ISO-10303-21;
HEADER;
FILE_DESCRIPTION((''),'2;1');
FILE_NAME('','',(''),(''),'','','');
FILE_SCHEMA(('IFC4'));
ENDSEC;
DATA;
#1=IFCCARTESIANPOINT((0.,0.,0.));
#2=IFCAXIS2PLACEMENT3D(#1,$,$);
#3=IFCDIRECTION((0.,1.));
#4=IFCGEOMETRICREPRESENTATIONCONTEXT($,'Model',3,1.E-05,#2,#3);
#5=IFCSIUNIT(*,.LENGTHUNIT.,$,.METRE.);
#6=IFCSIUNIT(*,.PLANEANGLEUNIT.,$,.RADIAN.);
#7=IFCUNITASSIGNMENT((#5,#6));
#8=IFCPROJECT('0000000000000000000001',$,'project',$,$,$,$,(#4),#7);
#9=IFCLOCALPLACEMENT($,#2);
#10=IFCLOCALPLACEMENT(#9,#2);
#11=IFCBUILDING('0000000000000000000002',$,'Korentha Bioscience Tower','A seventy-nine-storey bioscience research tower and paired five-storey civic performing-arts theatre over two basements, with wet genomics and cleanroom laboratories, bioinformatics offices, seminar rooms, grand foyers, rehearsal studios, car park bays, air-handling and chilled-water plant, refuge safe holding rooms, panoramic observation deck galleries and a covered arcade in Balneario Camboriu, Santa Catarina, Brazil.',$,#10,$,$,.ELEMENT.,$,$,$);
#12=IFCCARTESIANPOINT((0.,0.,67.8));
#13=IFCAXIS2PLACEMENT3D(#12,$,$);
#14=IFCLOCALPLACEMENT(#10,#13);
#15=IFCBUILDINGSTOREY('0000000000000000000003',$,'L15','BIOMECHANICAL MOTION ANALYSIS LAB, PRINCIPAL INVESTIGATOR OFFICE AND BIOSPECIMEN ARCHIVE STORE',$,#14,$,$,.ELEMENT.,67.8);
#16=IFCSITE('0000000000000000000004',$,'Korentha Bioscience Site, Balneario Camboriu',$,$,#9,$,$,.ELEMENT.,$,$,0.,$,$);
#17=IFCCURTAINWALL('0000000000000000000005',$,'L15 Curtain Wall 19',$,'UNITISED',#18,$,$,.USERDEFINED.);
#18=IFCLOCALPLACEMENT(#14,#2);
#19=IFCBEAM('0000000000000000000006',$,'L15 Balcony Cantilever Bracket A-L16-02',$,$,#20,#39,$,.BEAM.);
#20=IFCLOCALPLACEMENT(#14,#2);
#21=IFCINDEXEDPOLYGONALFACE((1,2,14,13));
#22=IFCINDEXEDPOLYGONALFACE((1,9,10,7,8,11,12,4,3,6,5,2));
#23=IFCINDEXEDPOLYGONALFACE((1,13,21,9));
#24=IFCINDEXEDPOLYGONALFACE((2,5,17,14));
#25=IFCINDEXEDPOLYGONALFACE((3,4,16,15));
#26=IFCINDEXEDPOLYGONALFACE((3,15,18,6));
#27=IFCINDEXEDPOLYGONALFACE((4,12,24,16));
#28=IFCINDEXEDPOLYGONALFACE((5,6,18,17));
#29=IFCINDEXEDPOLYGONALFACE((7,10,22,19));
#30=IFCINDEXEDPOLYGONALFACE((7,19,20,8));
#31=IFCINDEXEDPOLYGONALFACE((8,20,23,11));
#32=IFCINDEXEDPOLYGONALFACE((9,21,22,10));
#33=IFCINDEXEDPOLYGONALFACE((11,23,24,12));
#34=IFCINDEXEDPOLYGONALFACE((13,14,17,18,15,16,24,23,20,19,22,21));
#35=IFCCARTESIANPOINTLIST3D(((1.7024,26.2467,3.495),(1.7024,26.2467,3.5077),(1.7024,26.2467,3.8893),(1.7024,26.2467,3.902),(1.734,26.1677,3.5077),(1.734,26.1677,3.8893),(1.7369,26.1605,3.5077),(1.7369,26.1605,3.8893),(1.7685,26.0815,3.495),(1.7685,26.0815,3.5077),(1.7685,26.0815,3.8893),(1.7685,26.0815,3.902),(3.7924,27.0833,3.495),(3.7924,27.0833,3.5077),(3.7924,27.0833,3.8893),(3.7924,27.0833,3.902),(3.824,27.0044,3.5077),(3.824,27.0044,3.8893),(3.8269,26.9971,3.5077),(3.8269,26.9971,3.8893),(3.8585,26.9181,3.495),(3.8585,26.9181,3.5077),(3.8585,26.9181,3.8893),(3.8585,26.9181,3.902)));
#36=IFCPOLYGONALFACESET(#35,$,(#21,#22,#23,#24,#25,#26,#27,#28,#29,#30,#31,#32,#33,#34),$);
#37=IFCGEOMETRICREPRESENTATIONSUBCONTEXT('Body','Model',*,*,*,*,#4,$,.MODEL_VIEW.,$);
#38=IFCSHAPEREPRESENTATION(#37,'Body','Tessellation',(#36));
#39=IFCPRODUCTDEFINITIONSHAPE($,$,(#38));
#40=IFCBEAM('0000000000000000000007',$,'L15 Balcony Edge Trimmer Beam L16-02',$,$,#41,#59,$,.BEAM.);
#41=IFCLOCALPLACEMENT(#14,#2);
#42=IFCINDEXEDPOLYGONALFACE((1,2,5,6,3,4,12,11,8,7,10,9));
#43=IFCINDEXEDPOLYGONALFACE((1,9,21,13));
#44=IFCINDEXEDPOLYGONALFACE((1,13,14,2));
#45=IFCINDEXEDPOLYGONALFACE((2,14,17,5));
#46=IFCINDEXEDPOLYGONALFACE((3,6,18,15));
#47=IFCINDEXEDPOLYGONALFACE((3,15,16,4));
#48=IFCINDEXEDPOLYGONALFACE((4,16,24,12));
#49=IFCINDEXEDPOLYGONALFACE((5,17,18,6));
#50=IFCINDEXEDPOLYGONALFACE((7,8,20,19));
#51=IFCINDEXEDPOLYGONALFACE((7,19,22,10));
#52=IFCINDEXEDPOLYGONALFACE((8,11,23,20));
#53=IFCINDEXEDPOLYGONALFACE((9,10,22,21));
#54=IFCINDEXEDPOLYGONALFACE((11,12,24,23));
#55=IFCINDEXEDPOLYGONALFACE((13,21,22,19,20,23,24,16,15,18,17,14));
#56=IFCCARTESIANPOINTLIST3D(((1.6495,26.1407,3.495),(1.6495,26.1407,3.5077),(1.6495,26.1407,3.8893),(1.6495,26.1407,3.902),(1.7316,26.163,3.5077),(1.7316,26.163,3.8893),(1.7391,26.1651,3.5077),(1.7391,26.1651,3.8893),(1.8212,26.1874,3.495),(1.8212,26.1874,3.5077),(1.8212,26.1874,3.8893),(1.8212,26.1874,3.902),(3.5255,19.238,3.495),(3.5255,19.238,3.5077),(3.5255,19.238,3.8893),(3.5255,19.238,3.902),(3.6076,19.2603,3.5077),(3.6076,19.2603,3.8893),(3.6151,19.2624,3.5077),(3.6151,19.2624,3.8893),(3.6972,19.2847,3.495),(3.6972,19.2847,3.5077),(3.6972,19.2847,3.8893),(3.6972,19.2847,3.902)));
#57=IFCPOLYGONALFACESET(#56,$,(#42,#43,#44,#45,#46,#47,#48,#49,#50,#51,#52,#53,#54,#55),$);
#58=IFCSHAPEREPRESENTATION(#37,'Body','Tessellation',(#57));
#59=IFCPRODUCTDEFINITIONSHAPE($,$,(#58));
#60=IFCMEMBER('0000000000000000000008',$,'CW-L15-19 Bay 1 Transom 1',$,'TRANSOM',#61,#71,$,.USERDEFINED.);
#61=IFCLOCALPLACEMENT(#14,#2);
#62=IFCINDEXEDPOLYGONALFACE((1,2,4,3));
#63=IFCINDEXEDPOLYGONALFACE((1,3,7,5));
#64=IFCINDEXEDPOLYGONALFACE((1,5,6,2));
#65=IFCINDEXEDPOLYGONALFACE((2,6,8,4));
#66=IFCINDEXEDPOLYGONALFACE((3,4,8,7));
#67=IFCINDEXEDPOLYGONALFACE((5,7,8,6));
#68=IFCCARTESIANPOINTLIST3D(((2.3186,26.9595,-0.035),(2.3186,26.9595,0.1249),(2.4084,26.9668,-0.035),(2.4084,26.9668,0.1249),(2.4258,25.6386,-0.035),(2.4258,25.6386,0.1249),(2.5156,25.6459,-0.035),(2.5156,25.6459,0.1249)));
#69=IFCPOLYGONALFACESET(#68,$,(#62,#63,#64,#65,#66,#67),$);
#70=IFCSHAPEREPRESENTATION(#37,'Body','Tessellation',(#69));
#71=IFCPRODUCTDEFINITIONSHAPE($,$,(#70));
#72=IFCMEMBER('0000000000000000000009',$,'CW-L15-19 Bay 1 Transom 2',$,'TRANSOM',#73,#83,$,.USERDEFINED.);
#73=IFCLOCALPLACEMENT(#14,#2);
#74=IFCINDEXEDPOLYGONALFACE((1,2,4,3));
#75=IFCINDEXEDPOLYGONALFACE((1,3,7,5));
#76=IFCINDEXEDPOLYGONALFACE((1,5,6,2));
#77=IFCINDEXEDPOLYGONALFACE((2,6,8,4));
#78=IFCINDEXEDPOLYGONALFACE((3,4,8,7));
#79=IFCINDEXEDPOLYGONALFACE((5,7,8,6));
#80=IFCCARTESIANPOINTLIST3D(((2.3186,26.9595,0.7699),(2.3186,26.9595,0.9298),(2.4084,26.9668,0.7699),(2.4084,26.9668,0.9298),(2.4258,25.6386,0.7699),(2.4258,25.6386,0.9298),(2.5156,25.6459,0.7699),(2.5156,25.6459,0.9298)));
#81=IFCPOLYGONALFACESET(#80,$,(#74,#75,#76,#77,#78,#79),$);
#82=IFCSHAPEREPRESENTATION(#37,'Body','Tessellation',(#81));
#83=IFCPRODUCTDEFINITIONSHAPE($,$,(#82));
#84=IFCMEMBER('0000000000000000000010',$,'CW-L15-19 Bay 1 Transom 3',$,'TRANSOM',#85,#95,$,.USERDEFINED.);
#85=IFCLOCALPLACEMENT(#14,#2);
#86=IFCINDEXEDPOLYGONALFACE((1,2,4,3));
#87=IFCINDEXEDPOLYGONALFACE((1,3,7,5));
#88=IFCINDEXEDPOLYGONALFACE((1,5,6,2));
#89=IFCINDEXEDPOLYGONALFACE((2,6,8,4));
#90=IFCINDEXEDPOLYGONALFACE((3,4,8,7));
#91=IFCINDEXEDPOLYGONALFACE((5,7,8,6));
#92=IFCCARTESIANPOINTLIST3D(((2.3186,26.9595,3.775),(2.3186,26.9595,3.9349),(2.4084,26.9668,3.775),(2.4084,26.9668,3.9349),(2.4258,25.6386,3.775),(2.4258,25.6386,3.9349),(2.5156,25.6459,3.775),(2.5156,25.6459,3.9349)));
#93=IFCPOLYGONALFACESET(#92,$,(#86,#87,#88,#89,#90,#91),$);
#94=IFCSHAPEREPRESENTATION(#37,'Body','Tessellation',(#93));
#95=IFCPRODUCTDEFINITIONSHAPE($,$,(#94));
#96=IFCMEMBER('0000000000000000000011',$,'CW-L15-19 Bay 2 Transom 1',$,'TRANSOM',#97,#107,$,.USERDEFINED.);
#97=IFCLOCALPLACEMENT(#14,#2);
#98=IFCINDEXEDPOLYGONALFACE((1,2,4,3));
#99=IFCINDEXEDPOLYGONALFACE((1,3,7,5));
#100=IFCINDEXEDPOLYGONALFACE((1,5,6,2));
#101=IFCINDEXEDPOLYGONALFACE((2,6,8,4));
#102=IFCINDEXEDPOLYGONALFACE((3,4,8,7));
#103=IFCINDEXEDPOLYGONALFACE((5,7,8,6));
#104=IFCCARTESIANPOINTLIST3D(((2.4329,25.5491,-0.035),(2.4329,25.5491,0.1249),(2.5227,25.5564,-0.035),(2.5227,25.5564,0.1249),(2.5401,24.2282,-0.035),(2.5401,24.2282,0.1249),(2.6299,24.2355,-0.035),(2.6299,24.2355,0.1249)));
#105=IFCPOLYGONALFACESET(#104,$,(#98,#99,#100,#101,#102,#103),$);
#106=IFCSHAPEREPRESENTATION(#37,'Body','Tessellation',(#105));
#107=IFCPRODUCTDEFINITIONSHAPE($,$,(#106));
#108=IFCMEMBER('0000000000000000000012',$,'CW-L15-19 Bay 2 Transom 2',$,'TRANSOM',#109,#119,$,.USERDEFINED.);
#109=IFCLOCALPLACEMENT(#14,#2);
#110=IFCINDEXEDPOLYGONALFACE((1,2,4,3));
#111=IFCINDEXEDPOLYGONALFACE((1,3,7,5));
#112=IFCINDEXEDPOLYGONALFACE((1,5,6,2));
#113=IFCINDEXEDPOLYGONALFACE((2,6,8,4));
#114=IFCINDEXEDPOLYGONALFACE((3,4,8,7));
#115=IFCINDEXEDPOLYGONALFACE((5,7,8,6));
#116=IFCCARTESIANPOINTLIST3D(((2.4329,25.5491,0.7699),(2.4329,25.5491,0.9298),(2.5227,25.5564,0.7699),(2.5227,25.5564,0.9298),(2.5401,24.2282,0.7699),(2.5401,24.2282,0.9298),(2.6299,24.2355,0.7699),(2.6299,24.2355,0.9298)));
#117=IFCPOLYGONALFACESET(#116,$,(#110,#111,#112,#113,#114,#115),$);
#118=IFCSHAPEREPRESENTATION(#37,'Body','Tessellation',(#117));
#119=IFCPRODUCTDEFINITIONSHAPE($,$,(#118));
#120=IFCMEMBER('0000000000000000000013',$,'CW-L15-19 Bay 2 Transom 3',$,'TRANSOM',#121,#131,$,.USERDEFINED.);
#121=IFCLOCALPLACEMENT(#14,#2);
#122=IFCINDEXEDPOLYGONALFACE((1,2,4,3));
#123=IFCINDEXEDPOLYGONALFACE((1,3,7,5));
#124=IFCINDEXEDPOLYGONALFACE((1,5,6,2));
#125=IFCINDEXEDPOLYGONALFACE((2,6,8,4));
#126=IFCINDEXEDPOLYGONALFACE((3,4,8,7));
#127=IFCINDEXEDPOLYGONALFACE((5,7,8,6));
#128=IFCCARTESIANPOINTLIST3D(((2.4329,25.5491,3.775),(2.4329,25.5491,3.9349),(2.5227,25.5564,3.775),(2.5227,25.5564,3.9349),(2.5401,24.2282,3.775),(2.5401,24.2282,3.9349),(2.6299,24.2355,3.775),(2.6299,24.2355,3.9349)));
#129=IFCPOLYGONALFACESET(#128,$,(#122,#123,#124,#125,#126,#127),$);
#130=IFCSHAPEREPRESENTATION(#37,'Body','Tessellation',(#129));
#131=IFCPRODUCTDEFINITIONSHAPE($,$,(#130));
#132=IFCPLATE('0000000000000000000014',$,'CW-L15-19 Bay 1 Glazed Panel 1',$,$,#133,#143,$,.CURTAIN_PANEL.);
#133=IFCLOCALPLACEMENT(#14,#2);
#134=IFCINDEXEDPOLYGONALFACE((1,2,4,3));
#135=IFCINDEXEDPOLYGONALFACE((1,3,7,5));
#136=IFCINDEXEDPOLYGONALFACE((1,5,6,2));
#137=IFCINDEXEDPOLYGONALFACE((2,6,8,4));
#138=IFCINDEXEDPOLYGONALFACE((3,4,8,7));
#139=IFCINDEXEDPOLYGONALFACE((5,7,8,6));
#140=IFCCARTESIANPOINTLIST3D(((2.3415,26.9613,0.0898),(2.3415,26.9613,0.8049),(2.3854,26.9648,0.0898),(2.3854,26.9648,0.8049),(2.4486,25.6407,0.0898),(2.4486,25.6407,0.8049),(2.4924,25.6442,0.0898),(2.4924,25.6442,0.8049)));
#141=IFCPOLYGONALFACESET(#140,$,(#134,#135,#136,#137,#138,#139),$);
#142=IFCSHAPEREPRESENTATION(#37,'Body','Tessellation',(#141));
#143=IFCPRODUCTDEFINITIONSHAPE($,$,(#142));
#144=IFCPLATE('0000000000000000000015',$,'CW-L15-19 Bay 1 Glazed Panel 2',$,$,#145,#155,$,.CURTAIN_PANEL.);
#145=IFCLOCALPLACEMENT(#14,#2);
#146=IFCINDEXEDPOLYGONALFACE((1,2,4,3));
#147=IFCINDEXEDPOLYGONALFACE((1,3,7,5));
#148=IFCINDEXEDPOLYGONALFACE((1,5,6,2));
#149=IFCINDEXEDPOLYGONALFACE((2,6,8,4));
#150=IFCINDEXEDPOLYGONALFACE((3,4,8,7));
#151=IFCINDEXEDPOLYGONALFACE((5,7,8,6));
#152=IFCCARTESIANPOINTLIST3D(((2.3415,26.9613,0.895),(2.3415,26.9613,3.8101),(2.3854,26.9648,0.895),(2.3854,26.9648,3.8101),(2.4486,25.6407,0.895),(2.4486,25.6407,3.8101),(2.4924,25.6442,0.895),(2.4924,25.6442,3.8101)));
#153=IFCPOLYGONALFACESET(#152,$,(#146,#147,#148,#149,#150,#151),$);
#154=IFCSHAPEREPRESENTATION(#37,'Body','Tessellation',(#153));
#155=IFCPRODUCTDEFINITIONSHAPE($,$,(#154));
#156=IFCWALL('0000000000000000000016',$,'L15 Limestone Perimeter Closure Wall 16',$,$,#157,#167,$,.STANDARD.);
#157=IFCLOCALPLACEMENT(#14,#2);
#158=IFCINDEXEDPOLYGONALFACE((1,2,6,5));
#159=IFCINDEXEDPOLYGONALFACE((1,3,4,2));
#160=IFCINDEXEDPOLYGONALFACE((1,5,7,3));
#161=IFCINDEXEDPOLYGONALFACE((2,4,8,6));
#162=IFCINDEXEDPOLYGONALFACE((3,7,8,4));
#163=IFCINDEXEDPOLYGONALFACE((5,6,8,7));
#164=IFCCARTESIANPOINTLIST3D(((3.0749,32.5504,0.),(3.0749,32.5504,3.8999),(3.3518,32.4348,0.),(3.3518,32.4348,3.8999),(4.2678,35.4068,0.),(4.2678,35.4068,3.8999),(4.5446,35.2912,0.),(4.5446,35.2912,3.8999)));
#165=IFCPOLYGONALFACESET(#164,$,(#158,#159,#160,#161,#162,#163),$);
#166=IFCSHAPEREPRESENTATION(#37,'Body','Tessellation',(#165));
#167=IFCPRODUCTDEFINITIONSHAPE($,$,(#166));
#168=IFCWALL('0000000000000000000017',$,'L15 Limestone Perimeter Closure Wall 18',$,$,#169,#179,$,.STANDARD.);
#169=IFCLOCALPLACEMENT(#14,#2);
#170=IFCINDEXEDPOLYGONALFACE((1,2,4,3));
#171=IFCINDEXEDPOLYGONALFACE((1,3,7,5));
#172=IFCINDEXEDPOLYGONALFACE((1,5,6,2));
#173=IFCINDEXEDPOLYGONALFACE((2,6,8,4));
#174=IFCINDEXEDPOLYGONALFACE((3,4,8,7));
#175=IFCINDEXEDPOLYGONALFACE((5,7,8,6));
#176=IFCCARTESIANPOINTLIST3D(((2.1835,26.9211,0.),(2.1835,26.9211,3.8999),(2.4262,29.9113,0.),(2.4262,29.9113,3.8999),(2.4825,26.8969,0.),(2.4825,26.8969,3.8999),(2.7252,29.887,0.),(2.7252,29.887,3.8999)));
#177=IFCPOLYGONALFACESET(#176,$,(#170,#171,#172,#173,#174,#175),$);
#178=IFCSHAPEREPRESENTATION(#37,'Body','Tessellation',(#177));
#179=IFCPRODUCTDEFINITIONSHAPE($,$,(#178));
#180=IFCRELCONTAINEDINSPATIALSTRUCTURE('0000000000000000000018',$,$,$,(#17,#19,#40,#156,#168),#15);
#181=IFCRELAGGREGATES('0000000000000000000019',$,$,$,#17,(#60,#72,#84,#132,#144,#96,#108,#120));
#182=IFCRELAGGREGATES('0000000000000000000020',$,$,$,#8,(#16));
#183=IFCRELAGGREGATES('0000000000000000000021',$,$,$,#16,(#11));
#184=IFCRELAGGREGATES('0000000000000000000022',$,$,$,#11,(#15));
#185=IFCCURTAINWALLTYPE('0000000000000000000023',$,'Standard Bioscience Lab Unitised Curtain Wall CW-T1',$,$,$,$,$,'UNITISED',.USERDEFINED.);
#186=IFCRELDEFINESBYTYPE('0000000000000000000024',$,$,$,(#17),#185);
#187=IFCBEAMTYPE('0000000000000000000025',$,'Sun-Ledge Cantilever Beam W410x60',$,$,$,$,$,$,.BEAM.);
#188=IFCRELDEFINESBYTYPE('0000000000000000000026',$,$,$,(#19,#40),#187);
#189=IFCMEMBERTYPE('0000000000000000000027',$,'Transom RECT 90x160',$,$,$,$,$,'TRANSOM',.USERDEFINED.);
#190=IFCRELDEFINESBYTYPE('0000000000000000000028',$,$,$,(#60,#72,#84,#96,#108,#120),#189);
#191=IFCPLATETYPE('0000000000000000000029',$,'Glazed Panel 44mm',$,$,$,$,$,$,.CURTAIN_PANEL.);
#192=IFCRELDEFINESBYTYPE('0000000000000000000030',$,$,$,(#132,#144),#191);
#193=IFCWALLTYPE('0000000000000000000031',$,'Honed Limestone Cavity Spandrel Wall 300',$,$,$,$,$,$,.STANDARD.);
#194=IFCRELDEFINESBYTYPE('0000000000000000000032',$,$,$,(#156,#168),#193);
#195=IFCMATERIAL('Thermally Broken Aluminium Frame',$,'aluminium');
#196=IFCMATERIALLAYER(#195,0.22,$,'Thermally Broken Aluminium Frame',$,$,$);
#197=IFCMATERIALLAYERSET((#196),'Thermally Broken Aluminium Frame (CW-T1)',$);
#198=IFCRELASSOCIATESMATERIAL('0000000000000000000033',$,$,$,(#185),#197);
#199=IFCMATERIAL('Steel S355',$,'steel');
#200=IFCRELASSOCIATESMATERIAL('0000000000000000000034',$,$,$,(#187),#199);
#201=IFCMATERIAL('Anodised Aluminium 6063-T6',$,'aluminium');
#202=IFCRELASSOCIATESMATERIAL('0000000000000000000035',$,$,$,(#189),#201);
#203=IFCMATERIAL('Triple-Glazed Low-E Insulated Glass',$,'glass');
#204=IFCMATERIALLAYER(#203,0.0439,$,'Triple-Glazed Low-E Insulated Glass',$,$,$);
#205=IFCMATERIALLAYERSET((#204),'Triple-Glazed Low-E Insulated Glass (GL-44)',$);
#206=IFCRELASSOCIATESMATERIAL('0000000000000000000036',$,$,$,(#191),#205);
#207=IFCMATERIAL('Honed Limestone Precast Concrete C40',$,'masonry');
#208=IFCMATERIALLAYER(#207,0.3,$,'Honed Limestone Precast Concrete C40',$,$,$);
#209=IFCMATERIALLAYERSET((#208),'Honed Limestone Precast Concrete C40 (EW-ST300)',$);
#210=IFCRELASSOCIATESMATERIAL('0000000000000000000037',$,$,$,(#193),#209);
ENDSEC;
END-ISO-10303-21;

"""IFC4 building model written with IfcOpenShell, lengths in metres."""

from ifc_helpers import new_model, si_unit, direction, frame, frame_2d, origin, origin_2d, place, context, subcontext, project, spatial, rectangle, i_section, extrude, material, layer, layer_set, material_profile, profile_set, type_object, element, aggregate, save


model = new_model("IFC4")

# Units and contexts
model_context = context("Model", 3, precision=1e-05, world=origin(), true_north=direction((0.0, 1.0)))
body_context = subcontext(model_context, "Body", "Model", "MODEL_VIEW")
ifc_project = project(units=[si_unit("LENGTHUNIT", "METRE"), si_unit("PLANEANGLEUNIT", "RADIAN")], contexts=[model_context])

# Site, building, storey
site_placement = place(None, origin())
site = spatial("IfcSite", under=ifc_project, at=site_placement, Name="Korentha Bioscience Site, Balneario Camboriu", CompositionType="ELEMENT", RefElevation=0.0)
building_placement = place(site_placement, origin())
building = spatial("IfcBuilding", under=site, at=building_placement, Name="Korentha Bioscience Tower", Description="A seventy-nine-storey bioscience research tower and paired five-storey civic performing-arts theatre over two basements, with wet genomics and cleanroom laboratories, bioinformatics offices, seminar rooms, grand foyers, rehearsal studios, car park bays, air-handling and chilled-water plant, refuge safe holding rooms, panoramic observation deck galleries and a covered arcade in Balneario Camboriu, Santa Catarina, Brazil.", CompositionType="ELEMENT")
storey_placement = place(building_placement, frame((0.0, 0.0, 67.8)))
storey = spatial("IfcBuildingStorey", under=building, at=storey_placement, Name="L15", Description="BIOMECHANICAL MOTION ANALYSIS LAB, PRINCIPAL INVESTIGATOR OFFICE AND BIOSPECIMEN ARCHIVE STORE", CompositionType="ELEMENT", Elevation=67.8)

# Curtain wall
ifc_material_1 = material(Name="Thermally Broken Aluminium Frame", Category="aluminium")
ifc_layer_1 = layer(ifc_material_1, 0.22, Name="Thermally Broken Aluminium Frame")
ifc_layer_set_1 = layer_set([ifc_layer_1], Name="Thermally Broken Aluminium Frame (CW-T1)")
curtain_wall_type = type_object("IfcCurtainWallType", Name="Standard Bioscience Lab Unitised Curtain Wall CW-T1", ElementType="UNITISED", PredefinedType="USERDEFINED", material=ifc_layer_set_1)
curtain_wall_placement = place(storey_placement, origin())
curtain_wall = element("IfcCurtainWall", 1, at=curtain_wall_placement, inside=storey, type_object=curtain_wall_type, Name="L15 Curtain Wall 19", ObjectType="UNITISED", PredefinedType="USERDEFINED")
ifc_material_2 = material(Name="Anodised Aluminium 6063-T6", Category="aluminium")

# Beams
ifc_material_3 = material(Name="Steel S355", Category="steel")
ifc_material_profile_1 = material_profile(ifc_material_3, i_section(OverallWidth=0.178, OverallDepth=0.407, WebThickness=0.0078, FlangeThickness=0.0127, at=origin_2d()), Name="Steel S355")
ifc_profile_set_1 = profile_set([ifc_material_profile_1], Name="Steel S355 (CB-410)")
beam_type_1 = type_object("IfcBeamType", Name="Sun-Ledge Cantilever Beam W410x60", PredefinedType="BEAM", material=ifc_profile_set_1)
beam_1_placement = place(storey_placement, frame((3.8254, 27.0007, 3.6985), z_axis=(-0.928379, -0.371634, 0.0), x_axis=(0.371634, -0.928379, 0.0)))
element("IfcBeam", 2, at=beam_1_placement, inside=storey, type_object=beam_type_1, Name="L15 Balcony Cantilever Bracket A-L16-02", PredefinedType="BEAM", context=body_context, shape_type="SweptSolid", body=[
    extrude(i_section(OverallWidth=0.178, OverallDepth=0.407, WebThickness=0.0078, FlangeThickness=0.0127, at=origin_2d()), origin(), (0.0, 0.0, 1.0), 2.2512),
])
beam_2_placement = place(storey_placement, frame((1.7354, 26.1641, 3.6985), z_axis=(0.262265, -0.964996, 0.0), x_axis=(0.964996, 0.262265, 0.0)))
element("IfcBeam", 3, at=beam_2_placement, inside=storey, type_object=beam_type_1, Name="L15 Balcony Edge Trimmer Beam L16-02", PredefinedType="BEAM", context=body_context, shape_type="SweptSolid", body=[
    extrude(i_section(OverallWidth=0.178, OverallDepth=0.407, WebThickness=0.0078, FlangeThickness=0.0127, at=origin_2d()), origin(), (0.0, 0.0, 1.0), 7.1531),
])

# Members
ifc_material_profile_2 = material_profile(ifc_material_2, rectangle(XDim=0.0901, YDim=0.1599, at=origin_2d()), Name="Anodised Aluminium 6063-T6")
ifc_profile_set_2 = profile_set([ifc_material_profile_2], Name="Anodised Aluminium 6063-T6 (CW-TRN)")
member_type_1 = type_object("IfcMemberType", Name="Transom RECT 90x160", ElementType="TRANSOM", PredefinedType="USERDEFINED", material=ifc_profile_set_2)
member_1_placement = place(storey_placement, frame((2.3635, 26.9631, 0.0449), z_axis=(0.08088, -0.996724, 0.0), x_axis=(0.996724, 0.08088, 0.0)))
member_1 = element("IfcMember", 4, at=member_1_placement, type_object=member_type_1, Name="CW-L15-19 Bay 1 Transom 1", ObjectType="TRANSOM", PredefinedType="USERDEFINED", context=body_context, shape_type="SweptSolid", body=[
    extrude(rectangle(XDim=0.0901, YDim=0.1599, at=origin_2d()), origin(), (0.0, 0.0, 1.0), 1.3252),
])
member_2_placement = place(storey_placement, frame((2.3635, 26.9631, 0.8499), z_axis=(0.08088, -0.996724, 0.0), x_axis=(0.996724, 0.08088, 0.0)))
member_2 = element("IfcMember", 5, at=member_2_placement, type_object=member_type_1, Name="CW-L15-19 Bay 1 Transom 2", ObjectType="TRANSOM", PredefinedType="USERDEFINED", context=body_context, shape_type="SweptSolid", body=[
    extrude(rectangle(XDim=0.0901, YDim=0.1599, at=origin_2d()), origin(), (0.0, 0.0, 1.0), 1.3252),
])
member_3_placement = place(storey_placement, frame((2.3635, 26.9631, 3.855), z_axis=(0.08088, -0.996724, 0.0), x_axis=(0.996724, 0.08088, 0.0)))
member_3 = element("IfcMember", 6, at=member_3_placement, type_object=member_type_1, Name="CW-L15-19 Bay 1 Transom 3", ObjectType="TRANSOM", PredefinedType="USERDEFINED", context=body_context, shape_type="SweptSolid", body=[
    extrude(rectangle(XDim=0.0901, YDim=0.1599, at=origin_2d()), origin(), (0.0, 0.0, 1.0), 1.3252),
])
member_4_placement = place(storey_placement, frame((2.4778, 25.5527, 0.0449), z_axis=(0.08088, -0.996724, 0.0), x_axis=(0.996724, 0.08088, 0.0)))
member_4 = element("IfcMember", 7, at=member_4_placement, type_object=member_type_1, Name="CW-L15-19 Bay 2 Transom 1", ObjectType="TRANSOM", PredefinedType="USERDEFINED", context=body_context, shape_type="SweptSolid", body=[
    extrude(rectangle(XDim=0.0901, YDim=0.1599, at=origin_2d()), origin(), (0.0, 0.0, 1.0), 1.3252),
])
member_5_placement = place(storey_placement, frame((2.4778, 25.5527, 0.8499), z_axis=(0.08088, -0.996724, 0.0), x_axis=(0.996724, 0.08088, 0.0)))
member_5 = element("IfcMember", 8, at=member_5_placement, type_object=member_type_1, Name="CW-L15-19 Bay 2 Transom 2", ObjectType="TRANSOM", PredefinedType="USERDEFINED", context=body_context, shape_type="SweptSolid", body=[
    extrude(rectangle(XDim=0.0901, YDim=0.1599, at=origin_2d()), origin(), (0.0, 0.0, 1.0), 1.3252),
])
member_6_placement = place(storey_placement, frame((2.4778, 25.5527, 3.855), z_axis=(0.08088, -0.996724, 0.0), x_axis=(0.996724, 0.08088, 0.0)))
member_6 = element("IfcMember", 9, at=member_6_placement, type_object=member_type_1, Name="CW-L15-19 Bay 2 Transom 3", ObjectType="TRANSOM", PredefinedType="USERDEFINED", context=body_context, shape_type="SweptSolid", body=[
    extrude(rectangle(XDim=0.0901, YDim=0.1599, at=origin_2d()), origin(), (0.0, 0.0, 1.0), 1.3252),
])

# Plates
ifc_material_4 = material(Name="Triple-Glazed Low-E Insulated Glass", Category="glass")
ifc_layer_2 = layer(ifc_material_4, 0.0439, Name="Triple-Glazed Low-E Insulated Glass")
ifc_layer_set_2 = layer_set([ifc_layer_2], Name="Triple-Glazed Low-E Insulated Glass (GL-44)")
plate_type = type_object("IfcPlateType", Name="Glazed Panel 44mm", PredefinedType="CURTAIN_PANEL", material=ifc_layer_set_2)
plate_1_placement = place(storey_placement, frame((2.417, 26.3027, 0.0898), z_axis=(0.0, 0.0, 1.0), x_axis=(0.08082, -0.996729, 0.0)))
plate_1 = element("IfcPlate", 10, at=plate_1_placement, type_object=plate_type, Name="CW-L15-19 Bay 1 Glazed Panel 1", PredefinedType="CURTAIN_PANEL", context=body_context, shape_type="SweptSolid", body=[
    extrude(rectangle(XDim=1.325, YDim=0.0439, at=origin_2d()), origin(), (0.0, 0.0, 1.0), 0.7151),
])
plate_2_placement = place(storey_placement, frame((2.417, 26.3027, 0.895), z_axis=(0.0, 0.0, 1.0), x_axis=(0.08082, -0.996729, 0.0)))
plate_2 = element("IfcPlate", 11, at=plate_2_placement, type_object=plate_type, Name="CW-L15-19 Bay 1 Glazed Panel 2", PredefinedType="CURTAIN_PANEL", context=body_context, shape_type="SweptSolid", body=[
    extrude(rectangle(XDim=1.325, YDim=0.0439, at=origin_2d()), origin(), (0.0, 0.0, 1.0), 2.915),
])
aggregate(curtain_wall, [member_1, member_2, member_3, plate_1, plate_2, member_4, member_5, member_6])

# Shared definitions
ifc_material_5 = material(Name="Honed Limestone Precast Concrete C40", Category="masonry")
ifc_layer_3 = layer(ifc_material_5, 0.3, Name="Honed Limestone Precast Concrete C40")
ifc_layer_set_3 = layer_set([ifc_layer_3], Name="Honed Limestone Precast Concrete C40 (EW-ST300)")
wall_type_1 = type_object("IfcWallType", Name="Honed Limestone Cavity Spandrel Wall 300", PredefinedType="STANDARD", material=ifc_layer_set_3)

# Walls
wall_1_placement = place(storey_placement, frame((4.4062, 35.3491, 0.0), z_axis=(0.0, 0.0, 1.0), x_axis=(-0.385354, -0.922769, 0.0)))
element("IfcWall", 12, at=wall_1_placement, inside=storey, type_object=wall_type_1, Name="L15 Limestone Perimeter Closure Wall 16", PredefinedType="STANDARD", context=body_context, shape_type="SweptSolid", body=[
    extrude(rectangle(XDim=3.0955, YDim=0.3, at=frame_2d((1.5479, 0.0))), origin(), (0.0, 0.0, 1.0), 3.8999),
])
wall_2_placement = place(storey_placement, frame((2.5757, 29.8992, 0.0), z_axis=(0.0, 0.0, 1.0), x_axis=(-0.08089, -0.996723, 0.0)))
element("IfcWall", 13, at=wall_2_placement, inside=storey, type_object=wall_type_1, Name="L15 Limestone Perimeter Closure Wall 18", PredefinedType="STANDARD", context=body_context, shape_type="SweptSolid", body=[
    extrude(rectangle(XDim=3.0, YDim=0.3, at=frame_2d((1.5, 0.0))), origin(), (0.0, 0.0, 1.0), 3.8999),
])

save(model, "model.ifc")
